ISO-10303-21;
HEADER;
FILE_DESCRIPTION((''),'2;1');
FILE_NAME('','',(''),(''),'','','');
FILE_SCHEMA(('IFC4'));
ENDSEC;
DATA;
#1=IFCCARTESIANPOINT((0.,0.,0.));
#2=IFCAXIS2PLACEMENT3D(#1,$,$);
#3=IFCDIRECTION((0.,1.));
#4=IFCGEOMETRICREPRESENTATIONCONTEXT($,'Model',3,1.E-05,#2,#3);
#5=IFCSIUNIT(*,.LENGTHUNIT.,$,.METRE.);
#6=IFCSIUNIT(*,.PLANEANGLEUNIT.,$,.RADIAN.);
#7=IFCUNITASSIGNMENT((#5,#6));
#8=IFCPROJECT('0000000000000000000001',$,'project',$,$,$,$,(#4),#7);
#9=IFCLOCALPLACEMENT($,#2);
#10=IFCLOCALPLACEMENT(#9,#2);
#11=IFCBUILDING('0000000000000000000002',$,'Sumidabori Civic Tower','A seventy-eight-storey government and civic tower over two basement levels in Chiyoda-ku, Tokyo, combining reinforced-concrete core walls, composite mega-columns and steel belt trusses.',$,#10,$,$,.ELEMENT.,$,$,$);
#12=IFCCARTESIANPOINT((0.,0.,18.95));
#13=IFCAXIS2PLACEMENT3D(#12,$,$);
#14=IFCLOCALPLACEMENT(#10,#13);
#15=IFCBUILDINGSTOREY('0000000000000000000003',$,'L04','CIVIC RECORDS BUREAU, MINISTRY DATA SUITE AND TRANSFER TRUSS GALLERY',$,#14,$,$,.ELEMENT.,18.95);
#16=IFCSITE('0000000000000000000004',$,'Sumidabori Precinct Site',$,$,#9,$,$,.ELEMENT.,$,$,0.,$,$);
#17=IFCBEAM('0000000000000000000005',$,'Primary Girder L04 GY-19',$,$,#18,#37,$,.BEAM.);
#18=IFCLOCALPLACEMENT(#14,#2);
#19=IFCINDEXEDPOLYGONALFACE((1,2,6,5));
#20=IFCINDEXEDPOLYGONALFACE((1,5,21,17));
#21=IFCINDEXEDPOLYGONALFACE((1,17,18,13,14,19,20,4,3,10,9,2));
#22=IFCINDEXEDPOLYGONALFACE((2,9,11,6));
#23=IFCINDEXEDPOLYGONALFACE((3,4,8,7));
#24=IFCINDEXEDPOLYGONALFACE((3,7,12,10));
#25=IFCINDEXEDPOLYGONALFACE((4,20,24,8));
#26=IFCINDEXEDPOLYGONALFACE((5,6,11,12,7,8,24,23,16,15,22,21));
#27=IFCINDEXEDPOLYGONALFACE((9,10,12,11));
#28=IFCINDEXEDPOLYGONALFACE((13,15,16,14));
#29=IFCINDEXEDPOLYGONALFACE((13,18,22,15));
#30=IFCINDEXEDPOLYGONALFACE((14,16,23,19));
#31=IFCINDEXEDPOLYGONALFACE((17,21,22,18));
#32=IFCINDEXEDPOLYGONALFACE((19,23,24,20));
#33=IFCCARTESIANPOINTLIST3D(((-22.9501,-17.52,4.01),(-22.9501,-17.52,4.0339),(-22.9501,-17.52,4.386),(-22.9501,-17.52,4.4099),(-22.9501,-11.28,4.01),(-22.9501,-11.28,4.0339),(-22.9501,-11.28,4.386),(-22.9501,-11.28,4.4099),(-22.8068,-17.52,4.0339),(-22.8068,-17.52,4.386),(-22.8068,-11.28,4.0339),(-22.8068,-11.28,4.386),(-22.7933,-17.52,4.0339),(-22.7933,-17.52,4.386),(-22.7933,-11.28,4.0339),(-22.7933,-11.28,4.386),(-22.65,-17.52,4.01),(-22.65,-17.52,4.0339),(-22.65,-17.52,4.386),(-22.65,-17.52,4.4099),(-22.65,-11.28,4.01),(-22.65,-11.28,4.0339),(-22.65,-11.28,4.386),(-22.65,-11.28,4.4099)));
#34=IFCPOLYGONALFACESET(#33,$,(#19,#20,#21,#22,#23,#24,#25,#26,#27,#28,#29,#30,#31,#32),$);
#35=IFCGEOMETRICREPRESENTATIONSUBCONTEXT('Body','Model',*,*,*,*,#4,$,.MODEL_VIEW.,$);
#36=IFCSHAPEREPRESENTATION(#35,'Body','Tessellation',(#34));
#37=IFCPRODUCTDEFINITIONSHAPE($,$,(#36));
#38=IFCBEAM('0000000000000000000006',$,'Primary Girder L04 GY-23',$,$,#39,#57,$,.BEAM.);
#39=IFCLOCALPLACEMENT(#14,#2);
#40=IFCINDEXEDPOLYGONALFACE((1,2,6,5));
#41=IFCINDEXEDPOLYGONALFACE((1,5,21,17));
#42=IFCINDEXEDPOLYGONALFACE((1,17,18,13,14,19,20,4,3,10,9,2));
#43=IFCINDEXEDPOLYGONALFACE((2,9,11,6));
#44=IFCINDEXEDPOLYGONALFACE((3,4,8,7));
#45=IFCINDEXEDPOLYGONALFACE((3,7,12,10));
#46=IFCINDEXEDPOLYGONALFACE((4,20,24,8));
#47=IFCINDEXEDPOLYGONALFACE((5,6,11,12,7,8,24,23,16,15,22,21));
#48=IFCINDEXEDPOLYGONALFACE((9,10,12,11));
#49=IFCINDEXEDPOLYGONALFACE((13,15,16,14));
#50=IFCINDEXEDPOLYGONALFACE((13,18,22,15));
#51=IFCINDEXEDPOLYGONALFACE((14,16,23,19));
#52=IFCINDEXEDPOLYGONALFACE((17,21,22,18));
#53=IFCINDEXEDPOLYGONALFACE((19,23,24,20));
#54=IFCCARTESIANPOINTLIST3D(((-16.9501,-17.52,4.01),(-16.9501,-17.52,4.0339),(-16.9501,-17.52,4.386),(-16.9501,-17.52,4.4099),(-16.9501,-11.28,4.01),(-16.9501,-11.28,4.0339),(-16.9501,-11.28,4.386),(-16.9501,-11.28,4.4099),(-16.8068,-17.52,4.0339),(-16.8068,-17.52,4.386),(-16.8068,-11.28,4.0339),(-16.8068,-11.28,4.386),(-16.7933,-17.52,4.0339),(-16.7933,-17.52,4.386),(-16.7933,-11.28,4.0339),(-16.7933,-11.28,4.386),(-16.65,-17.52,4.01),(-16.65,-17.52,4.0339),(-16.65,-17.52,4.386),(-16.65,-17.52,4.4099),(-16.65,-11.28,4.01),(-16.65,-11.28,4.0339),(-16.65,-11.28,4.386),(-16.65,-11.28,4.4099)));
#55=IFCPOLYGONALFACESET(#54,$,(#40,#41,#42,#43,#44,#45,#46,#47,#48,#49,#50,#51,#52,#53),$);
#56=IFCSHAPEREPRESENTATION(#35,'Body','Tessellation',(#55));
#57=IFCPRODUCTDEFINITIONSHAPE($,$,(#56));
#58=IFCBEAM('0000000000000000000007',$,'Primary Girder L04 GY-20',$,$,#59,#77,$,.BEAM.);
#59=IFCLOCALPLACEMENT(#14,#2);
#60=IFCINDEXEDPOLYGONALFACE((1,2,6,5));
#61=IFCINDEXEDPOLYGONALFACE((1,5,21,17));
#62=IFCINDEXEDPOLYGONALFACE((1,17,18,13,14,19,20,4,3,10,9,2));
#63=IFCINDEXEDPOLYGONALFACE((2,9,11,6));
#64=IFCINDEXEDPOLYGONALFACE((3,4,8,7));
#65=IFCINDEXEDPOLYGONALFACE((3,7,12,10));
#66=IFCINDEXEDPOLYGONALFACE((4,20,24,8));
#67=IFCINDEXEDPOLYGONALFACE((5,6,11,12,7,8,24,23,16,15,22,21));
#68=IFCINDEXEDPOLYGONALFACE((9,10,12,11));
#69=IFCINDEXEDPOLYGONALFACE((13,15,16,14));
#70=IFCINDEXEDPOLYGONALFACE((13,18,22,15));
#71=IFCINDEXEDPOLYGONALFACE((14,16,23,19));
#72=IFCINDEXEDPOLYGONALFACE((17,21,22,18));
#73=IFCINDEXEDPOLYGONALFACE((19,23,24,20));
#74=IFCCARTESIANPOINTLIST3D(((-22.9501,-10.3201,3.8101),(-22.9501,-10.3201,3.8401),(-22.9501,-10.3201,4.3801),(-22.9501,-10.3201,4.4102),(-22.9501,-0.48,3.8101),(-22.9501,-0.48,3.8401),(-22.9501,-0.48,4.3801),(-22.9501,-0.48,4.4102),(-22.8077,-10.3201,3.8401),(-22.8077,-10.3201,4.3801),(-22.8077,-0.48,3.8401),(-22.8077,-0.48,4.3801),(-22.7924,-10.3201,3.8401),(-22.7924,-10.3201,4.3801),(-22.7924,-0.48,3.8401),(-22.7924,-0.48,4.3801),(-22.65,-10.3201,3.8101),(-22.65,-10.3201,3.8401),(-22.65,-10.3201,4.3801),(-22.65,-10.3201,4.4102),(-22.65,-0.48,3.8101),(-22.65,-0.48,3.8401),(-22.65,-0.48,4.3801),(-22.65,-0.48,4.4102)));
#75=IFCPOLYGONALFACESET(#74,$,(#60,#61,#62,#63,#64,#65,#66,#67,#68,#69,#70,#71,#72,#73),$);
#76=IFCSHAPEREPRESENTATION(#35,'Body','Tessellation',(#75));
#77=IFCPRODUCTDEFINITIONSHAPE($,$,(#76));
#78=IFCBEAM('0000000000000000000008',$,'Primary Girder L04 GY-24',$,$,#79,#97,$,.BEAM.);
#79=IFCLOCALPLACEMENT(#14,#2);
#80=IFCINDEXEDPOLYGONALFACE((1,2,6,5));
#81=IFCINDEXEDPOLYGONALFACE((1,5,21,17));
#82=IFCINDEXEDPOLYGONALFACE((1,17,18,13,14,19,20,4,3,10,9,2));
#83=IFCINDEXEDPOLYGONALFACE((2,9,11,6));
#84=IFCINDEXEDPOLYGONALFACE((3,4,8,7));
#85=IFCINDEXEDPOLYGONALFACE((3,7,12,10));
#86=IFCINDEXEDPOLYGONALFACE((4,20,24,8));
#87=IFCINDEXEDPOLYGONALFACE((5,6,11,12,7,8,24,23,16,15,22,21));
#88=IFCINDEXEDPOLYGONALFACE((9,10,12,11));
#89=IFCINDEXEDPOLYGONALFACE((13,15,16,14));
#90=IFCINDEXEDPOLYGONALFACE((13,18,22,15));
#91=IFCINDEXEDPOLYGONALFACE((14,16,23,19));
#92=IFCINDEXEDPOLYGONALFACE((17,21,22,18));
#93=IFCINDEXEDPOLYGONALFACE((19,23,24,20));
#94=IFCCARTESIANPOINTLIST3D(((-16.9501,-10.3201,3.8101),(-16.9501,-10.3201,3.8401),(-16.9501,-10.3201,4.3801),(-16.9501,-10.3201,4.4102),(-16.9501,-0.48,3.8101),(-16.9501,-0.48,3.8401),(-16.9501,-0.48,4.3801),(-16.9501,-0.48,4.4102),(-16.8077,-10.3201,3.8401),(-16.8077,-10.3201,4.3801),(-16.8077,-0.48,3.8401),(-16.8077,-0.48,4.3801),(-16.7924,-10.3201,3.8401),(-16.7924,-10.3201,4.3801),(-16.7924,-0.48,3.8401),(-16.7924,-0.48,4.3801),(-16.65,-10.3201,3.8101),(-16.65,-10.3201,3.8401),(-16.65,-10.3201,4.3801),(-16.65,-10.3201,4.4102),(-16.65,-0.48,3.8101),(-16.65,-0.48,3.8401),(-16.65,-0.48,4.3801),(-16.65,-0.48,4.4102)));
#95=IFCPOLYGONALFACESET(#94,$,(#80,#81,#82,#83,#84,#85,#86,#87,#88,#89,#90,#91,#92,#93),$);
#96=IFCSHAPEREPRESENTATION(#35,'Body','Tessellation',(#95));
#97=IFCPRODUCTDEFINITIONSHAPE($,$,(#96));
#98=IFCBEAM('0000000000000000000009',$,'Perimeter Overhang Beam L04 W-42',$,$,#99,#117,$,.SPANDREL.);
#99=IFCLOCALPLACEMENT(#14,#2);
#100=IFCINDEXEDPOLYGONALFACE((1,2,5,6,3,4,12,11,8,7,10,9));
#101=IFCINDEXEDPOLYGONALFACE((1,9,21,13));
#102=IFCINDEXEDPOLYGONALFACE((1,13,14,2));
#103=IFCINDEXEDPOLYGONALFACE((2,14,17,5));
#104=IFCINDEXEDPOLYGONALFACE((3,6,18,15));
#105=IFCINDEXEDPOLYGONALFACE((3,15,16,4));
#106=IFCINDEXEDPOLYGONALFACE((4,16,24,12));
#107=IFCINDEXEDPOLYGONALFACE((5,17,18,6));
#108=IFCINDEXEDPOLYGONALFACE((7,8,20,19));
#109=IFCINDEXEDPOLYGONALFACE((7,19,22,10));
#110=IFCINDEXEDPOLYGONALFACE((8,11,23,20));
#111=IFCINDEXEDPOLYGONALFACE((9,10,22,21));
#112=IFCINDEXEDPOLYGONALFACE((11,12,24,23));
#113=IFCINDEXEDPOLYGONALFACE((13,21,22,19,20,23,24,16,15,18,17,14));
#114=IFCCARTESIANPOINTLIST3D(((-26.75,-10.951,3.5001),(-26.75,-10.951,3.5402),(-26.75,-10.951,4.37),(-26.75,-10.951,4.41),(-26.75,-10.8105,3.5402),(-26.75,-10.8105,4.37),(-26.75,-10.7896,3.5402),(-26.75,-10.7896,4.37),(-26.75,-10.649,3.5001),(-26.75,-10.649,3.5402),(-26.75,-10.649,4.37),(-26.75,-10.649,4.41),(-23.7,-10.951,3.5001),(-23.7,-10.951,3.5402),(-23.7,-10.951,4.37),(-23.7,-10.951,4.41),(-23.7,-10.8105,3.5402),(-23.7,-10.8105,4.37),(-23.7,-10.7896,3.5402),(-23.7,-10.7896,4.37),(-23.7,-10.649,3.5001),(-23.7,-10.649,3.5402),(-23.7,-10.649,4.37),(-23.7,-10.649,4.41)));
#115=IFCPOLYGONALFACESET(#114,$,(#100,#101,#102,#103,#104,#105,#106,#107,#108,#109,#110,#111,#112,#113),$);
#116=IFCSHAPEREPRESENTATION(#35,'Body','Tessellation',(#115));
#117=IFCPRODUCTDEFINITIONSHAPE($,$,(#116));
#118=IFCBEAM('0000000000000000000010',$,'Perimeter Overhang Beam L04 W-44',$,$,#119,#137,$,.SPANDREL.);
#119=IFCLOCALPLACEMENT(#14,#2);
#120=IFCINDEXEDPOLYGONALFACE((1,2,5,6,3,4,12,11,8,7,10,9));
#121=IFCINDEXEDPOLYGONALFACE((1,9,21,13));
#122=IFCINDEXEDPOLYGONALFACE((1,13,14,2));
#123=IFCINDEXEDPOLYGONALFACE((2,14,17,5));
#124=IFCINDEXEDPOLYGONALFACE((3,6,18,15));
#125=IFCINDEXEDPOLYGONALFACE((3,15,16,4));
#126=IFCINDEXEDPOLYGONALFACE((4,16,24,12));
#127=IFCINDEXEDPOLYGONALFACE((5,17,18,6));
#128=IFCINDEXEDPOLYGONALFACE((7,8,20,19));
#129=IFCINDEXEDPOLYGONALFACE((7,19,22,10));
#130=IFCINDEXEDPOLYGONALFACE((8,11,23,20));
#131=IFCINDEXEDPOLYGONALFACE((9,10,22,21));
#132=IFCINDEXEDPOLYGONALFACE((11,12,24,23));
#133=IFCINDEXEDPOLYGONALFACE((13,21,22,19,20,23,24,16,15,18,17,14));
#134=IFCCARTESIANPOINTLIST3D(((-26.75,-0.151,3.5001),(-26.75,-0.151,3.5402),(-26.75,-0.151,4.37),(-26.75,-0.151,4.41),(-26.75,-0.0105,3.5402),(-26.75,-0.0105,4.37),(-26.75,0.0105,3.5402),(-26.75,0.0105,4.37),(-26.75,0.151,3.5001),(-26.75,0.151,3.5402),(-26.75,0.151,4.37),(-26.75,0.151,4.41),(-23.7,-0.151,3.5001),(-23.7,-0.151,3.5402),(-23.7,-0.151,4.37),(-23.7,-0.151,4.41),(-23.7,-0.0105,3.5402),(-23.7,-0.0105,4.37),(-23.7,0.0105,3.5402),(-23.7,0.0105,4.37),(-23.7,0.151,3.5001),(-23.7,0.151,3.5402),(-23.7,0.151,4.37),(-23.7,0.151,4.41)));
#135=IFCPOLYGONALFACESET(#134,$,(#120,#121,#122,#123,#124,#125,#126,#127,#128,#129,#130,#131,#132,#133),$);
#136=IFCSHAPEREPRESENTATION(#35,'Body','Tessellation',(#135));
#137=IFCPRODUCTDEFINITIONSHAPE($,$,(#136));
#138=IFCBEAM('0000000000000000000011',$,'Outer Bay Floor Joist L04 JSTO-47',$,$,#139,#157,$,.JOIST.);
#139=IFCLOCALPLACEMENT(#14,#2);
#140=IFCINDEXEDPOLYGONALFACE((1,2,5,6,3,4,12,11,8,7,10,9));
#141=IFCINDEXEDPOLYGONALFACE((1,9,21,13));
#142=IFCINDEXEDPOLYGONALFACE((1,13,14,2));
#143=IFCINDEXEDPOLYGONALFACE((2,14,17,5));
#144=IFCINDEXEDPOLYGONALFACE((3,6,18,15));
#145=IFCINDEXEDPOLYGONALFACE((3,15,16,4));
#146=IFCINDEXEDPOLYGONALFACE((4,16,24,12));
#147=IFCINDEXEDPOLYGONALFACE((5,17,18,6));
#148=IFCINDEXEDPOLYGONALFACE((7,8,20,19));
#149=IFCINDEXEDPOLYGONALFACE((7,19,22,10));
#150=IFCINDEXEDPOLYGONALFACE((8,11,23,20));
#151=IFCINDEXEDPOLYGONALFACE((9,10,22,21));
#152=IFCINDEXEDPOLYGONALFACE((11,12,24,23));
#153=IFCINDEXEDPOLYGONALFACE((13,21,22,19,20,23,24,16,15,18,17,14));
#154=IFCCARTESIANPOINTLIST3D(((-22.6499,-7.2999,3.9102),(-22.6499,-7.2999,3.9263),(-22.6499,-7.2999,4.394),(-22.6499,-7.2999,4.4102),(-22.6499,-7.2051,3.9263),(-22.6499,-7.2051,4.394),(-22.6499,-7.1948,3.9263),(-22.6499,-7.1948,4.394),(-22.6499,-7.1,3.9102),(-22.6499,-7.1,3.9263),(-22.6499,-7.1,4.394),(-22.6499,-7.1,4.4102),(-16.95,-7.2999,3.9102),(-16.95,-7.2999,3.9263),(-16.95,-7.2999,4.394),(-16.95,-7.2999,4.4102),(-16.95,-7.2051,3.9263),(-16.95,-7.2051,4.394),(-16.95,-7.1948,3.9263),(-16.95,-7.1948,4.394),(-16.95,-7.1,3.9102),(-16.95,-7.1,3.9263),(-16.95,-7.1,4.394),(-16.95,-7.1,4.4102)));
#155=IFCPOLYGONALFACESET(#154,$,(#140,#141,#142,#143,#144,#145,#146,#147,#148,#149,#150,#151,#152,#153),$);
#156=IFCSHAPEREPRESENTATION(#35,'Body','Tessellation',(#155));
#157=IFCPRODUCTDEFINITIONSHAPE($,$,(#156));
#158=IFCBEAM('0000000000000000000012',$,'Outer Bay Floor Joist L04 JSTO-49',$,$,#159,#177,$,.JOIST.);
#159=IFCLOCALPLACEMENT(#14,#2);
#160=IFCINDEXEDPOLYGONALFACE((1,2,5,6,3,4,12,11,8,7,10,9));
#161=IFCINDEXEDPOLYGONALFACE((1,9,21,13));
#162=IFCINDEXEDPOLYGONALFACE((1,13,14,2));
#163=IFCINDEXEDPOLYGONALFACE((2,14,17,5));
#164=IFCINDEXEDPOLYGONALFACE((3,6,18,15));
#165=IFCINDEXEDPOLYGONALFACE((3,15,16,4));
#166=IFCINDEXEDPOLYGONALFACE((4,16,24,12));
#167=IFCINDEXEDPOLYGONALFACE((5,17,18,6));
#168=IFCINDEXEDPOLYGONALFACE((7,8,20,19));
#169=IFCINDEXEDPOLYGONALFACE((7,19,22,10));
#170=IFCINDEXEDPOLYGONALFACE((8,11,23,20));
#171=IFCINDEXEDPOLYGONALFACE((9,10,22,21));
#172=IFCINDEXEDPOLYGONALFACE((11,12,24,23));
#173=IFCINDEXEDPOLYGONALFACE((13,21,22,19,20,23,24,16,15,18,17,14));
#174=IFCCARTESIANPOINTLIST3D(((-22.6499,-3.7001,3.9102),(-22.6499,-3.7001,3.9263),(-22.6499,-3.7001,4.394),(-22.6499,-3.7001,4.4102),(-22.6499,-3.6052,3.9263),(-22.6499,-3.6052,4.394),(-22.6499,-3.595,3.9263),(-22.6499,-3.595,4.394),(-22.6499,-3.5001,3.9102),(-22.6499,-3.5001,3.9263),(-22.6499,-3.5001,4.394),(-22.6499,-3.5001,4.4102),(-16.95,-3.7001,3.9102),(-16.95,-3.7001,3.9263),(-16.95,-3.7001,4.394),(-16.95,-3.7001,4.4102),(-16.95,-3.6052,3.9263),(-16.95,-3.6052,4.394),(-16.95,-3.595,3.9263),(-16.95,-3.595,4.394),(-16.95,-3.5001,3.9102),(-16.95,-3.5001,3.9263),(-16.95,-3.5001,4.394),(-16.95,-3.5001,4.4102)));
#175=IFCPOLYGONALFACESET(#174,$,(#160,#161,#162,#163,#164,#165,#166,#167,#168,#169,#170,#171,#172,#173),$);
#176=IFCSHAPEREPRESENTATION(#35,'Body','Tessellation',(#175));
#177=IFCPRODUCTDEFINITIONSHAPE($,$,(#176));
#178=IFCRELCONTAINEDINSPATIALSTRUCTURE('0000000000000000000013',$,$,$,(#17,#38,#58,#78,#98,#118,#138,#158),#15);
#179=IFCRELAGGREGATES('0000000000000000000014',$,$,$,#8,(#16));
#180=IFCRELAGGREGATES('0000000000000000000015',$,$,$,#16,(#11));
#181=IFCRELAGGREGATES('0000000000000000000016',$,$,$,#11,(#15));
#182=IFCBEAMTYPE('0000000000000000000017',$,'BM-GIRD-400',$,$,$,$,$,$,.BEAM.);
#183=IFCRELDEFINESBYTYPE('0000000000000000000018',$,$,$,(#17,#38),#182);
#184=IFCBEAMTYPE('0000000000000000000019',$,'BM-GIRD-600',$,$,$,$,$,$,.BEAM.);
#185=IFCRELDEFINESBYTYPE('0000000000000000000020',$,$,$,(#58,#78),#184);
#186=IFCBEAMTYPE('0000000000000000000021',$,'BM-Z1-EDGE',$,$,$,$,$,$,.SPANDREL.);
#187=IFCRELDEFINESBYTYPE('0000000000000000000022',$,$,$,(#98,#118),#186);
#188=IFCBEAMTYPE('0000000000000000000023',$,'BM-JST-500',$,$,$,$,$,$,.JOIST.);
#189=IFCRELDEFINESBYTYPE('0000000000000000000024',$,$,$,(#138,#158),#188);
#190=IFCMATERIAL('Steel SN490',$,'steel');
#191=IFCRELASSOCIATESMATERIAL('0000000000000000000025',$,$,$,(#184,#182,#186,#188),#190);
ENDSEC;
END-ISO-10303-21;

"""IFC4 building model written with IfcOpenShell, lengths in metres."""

from ifc_helpers import new_model, si_unit, direction, frame, origin, origin_2d, place, context, subcontext, project, spatial, i_section, extrude, source, transform, mapped, material, material_profile, profile_set, type_object, element, save


model = new_model("IFC4")

# Units and contexts
model_context = context("Model", 3, precision=1e-05, world=origin(), true_north=direction((0.0, 1.0)))
body_context = subcontext(model_context, "Body", "Model", "MODEL_VIEW")
ifc_project = project(units=[si_unit("LENGTHUNIT", "METRE"), si_unit("PLANEANGLEUNIT", "RADIAN")], contexts=[model_context])

# Site, building, storey
site_placement = place(None, origin())
site = spatial("IfcSite", under=ifc_project, at=site_placement, Name="Sumidabori Precinct Site", CompositionType="ELEMENT", RefElevation=0.0)
building_placement = place(site_placement, origin())
building = spatial("IfcBuilding", under=site, at=building_placement, Name="Sumidabori Civic Tower", Description="A seventy-eight-storey government and civic tower over two basement levels in Chiyoda-ku, Tokyo, combining reinforced-concrete core walls, composite mega-columns and steel belt trusses.", CompositionType="ELEMENT")
storey_placement = place(building_placement, frame((0.0, 0.0, 18.95)))
storey = spatial("IfcBuildingStorey", under=building, at=storey_placement, Name="L04", Description="CIVIC RECORDS BUREAU, MINISTRY DATA SUITE AND TRANSFER TRUSS GALLERY", CompositionType="ELEMENT", Elevation=18.95)

# Beams
ifc_material_1 = material(Name="Steel SN490", Category="steel")
ifc_material_profile_1 = material_profile(ifc_material_1, i_section(OverallWidth=0.3, OverallDepth=0.6001, WebThickness=0.0154, FlangeThickness=0.03, at=origin_2d()), Name="HE 600 B")
ifc_profile_set_1 = profile_set([ifc_material_profile_1], Name="Steel SN490")
beam_type_1 = type_object("IfcBeamType", Name="BM-GIRD-600", PredefinedType="BEAM", material=ifc_profile_set_1)
ifc_material_profile_2 = material_profile(ifc_material_1, i_section(OverallWidth=0.3, OverallDepth=0.3999, WebThickness=0.0134, FlangeThickness=0.0239, at=origin_2d()), Name="HE 400 B")
ifc_profile_set_2 = profile_set([ifc_material_profile_2], Name="Steel SN490")
beam_type_2 = type_object("IfcBeamType", Name="BM-GIRD-400", PredefinedType="BEAM", material=ifc_profile_set_2)
shared_shape_1 = source(origin(), body_context, "Body", "SweptSolid", [
    extrude(i_section(OverallWidth=0.3, OverallDepth=0.3999, WebThickness=0.0134, FlangeThickness=0.0239, at=origin_2d()), origin(), (0.0, 0.0, 1.0), 6.24),
])
for number, where, z_axis, x_axis, name in (
    (1, (-22.8, -17.52, 4.21), (0.0, 1.0, 0.0), (-1.0, 0.0, 0.0), "Primary Girder L04 GY-19"),
    (2, (-16.8, -17.52, 4.21), (0.0, 1.0, 0.0), (-1.0, 0.0, 0.0), "Primary Girder L04 GY-23"),
):
    element("IfcBeam", number, at=place(storey_placement, frame(where, z_axis=z_axis, x_axis=x_axis)), inside=storey, type_object=beam_type_2, Name=name, PredefinedType="BEAM", context=body_context, shape_type="MappedRepresentation", body=[
        mapped(shared_shape_1, transform((0.0, 0.0, 0.0), x_axis=(1.0, 0.0, 0.0), y_axis=(0.0, 1.0, 0.0), z_axis=(0.0, 0.0, 1.0), scale=1.0)),
    ])
shared_shape_2 = source(origin(), body_context, "Body", "SweptSolid", [
    extrude(i_section(OverallWidth=0.3, OverallDepth=0.6001, WebThickness=0.0154, FlangeThickness=0.03, at=origin_2d()), origin(), (0.0, 0.0, 1.0), 9.8401),
])
for number, where, z_axis, x_axis, name in (
    (3, (-22.8, -10.3201, 4.1101), (0.0, 1.0, 0.0), (-1.0, 0.0, 0.0), "Primary Girder L04 GY-20"),
    (4, (-16.8, -10.3201, 4.1101), (0.0, 1.0, 0.0), (-1.0, 0.0, 0.0), "Primary Girder L04 GY-24"),
):
    element("IfcBeam", number, at=place(storey_placement, frame(where, z_axis=z_axis, x_axis=x_axis)), inside=storey, type_object=beam_type_1, Name=name, PredefinedType="BEAM", context=body_context, shape_type="MappedRepresentation", body=[
        mapped(shared_shape_2, transform((0.0, 0.0, 0.0), x_axis=(1.0, 0.0, 0.0), y_axis=(0.0, 1.0, 0.0), z_axis=(0.0, 0.0, 1.0), scale=1.0)),
    ])
ifc_material_profile_3 = material_profile(ifc_material_1, i_section(OverallWidth=0.302, OverallDepth=0.9099, WebThickness=0.021, FlangeThickness=0.04, at=origin_2d()), Name="HE 900 M")
ifc_profile_set_3 = profile_set([ifc_material_profile_3], Name="Steel SN490")
beam_type_3 = type_object("IfcBeamType", Name="BM-Z1-EDGE", PredefinedType="SPANDREL", material=ifc_profile_set_3)
shared_shape_3 = source(origin(), body_context, "Body", "SweptSolid", [
    extrude(i_section(OverallWidth=0.302, OverallDepth=0.9099, WebThickness=0.021, FlangeThickness=0.04, at=origin_2d()), origin(), (0.0, 0.0, 1.0), 3.05),
])
for number, where, z_axis, x_axis, name in (
    (5, (-26.75, -10.8, 3.9551), (1.0, 0.0, 0.0), (0.0, 1.0, 0.0), "Perimeter Overhang Beam L04 W-42"),
    (6, (-26.75, 0.0, 3.9551), (1.0, 0.0, 0.0), (0.0, 1.0, 0.0), "Perimeter Overhang Beam L04 W-44"),
):
    element("IfcBeam", number, at=place(storey_placement, frame(where, z_axis=z_axis, x_axis=x_axis)), inside=storey, type_object=beam_type_3, Name=name, PredefinedType="SPANDREL", context=body_context, shape_type="MappedRepresentation", body=[
        mapped(shared_shape_3, transform((0.0, 0.0, 0.0), x_axis=(1.0, 0.0, 0.0), y_axis=(0.0, 1.0, 0.0), z_axis=(0.0, 0.0, 1.0), scale=1.0)),
    ])
ifc_material_profile_4 = material_profile(ifc_material_1, i_section(OverallWidth=0.2, OverallDepth=0.5, WebThickness=0.0103, FlangeThickness=0.0161, at=origin_2d()), Name="IPE 500")
ifc_profile_set_4 = profile_set([ifc_material_profile_4], Name="Steel SN490")
beam_type_4 = type_object("IfcBeamType", Name="BM-JST-500", PredefinedType="JOIST", material=ifc_profile_set_4)
shared_shape_4 = source(origin(), body_context, "Body", "SweptSolid", [
    extrude(i_section(OverallWidth=0.2, OverallDepth=0.5, WebThickness=0.0103, FlangeThickness=0.0161, at=origin_2d()), origin(), (0.0, 0.0, 1.0), 5.7),
])
for number, where, z_axis, x_axis, name in (
    (7, (-22.6499, -7.2, 4.1602), (1.0, 0.0, 0.0), (0.0, 1.0, 0.0), "Outer Bay Floor Joist L04 JSTO-47"),
    (8, (-22.6499, -3.6001, 4.1602), (1.0, 0.0, 0.0), (0.0, 1.0, 0.0), "Outer Bay Floor Joist L04 JSTO-49"),
):
    element("IfcBeam", number, at=place(storey_placement, frame(where, z_axis=z_axis, x_axis=x_axis)), inside=storey, type_object=beam_type_4, Name=name, PredefinedType="JOIST", context=body_context, shape_type="MappedRepresentation", body=[
        mapped(shared_shape_4, transform((0.0, 0.0, 0.0), x_axis=(1.0, 0.0, 0.0), y_axis=(0.0, 1.0, 0.0), z_axis=(0.0, 0.0, 1.0), scale=1.0)),
    ])

save(model, "model.ifc")
